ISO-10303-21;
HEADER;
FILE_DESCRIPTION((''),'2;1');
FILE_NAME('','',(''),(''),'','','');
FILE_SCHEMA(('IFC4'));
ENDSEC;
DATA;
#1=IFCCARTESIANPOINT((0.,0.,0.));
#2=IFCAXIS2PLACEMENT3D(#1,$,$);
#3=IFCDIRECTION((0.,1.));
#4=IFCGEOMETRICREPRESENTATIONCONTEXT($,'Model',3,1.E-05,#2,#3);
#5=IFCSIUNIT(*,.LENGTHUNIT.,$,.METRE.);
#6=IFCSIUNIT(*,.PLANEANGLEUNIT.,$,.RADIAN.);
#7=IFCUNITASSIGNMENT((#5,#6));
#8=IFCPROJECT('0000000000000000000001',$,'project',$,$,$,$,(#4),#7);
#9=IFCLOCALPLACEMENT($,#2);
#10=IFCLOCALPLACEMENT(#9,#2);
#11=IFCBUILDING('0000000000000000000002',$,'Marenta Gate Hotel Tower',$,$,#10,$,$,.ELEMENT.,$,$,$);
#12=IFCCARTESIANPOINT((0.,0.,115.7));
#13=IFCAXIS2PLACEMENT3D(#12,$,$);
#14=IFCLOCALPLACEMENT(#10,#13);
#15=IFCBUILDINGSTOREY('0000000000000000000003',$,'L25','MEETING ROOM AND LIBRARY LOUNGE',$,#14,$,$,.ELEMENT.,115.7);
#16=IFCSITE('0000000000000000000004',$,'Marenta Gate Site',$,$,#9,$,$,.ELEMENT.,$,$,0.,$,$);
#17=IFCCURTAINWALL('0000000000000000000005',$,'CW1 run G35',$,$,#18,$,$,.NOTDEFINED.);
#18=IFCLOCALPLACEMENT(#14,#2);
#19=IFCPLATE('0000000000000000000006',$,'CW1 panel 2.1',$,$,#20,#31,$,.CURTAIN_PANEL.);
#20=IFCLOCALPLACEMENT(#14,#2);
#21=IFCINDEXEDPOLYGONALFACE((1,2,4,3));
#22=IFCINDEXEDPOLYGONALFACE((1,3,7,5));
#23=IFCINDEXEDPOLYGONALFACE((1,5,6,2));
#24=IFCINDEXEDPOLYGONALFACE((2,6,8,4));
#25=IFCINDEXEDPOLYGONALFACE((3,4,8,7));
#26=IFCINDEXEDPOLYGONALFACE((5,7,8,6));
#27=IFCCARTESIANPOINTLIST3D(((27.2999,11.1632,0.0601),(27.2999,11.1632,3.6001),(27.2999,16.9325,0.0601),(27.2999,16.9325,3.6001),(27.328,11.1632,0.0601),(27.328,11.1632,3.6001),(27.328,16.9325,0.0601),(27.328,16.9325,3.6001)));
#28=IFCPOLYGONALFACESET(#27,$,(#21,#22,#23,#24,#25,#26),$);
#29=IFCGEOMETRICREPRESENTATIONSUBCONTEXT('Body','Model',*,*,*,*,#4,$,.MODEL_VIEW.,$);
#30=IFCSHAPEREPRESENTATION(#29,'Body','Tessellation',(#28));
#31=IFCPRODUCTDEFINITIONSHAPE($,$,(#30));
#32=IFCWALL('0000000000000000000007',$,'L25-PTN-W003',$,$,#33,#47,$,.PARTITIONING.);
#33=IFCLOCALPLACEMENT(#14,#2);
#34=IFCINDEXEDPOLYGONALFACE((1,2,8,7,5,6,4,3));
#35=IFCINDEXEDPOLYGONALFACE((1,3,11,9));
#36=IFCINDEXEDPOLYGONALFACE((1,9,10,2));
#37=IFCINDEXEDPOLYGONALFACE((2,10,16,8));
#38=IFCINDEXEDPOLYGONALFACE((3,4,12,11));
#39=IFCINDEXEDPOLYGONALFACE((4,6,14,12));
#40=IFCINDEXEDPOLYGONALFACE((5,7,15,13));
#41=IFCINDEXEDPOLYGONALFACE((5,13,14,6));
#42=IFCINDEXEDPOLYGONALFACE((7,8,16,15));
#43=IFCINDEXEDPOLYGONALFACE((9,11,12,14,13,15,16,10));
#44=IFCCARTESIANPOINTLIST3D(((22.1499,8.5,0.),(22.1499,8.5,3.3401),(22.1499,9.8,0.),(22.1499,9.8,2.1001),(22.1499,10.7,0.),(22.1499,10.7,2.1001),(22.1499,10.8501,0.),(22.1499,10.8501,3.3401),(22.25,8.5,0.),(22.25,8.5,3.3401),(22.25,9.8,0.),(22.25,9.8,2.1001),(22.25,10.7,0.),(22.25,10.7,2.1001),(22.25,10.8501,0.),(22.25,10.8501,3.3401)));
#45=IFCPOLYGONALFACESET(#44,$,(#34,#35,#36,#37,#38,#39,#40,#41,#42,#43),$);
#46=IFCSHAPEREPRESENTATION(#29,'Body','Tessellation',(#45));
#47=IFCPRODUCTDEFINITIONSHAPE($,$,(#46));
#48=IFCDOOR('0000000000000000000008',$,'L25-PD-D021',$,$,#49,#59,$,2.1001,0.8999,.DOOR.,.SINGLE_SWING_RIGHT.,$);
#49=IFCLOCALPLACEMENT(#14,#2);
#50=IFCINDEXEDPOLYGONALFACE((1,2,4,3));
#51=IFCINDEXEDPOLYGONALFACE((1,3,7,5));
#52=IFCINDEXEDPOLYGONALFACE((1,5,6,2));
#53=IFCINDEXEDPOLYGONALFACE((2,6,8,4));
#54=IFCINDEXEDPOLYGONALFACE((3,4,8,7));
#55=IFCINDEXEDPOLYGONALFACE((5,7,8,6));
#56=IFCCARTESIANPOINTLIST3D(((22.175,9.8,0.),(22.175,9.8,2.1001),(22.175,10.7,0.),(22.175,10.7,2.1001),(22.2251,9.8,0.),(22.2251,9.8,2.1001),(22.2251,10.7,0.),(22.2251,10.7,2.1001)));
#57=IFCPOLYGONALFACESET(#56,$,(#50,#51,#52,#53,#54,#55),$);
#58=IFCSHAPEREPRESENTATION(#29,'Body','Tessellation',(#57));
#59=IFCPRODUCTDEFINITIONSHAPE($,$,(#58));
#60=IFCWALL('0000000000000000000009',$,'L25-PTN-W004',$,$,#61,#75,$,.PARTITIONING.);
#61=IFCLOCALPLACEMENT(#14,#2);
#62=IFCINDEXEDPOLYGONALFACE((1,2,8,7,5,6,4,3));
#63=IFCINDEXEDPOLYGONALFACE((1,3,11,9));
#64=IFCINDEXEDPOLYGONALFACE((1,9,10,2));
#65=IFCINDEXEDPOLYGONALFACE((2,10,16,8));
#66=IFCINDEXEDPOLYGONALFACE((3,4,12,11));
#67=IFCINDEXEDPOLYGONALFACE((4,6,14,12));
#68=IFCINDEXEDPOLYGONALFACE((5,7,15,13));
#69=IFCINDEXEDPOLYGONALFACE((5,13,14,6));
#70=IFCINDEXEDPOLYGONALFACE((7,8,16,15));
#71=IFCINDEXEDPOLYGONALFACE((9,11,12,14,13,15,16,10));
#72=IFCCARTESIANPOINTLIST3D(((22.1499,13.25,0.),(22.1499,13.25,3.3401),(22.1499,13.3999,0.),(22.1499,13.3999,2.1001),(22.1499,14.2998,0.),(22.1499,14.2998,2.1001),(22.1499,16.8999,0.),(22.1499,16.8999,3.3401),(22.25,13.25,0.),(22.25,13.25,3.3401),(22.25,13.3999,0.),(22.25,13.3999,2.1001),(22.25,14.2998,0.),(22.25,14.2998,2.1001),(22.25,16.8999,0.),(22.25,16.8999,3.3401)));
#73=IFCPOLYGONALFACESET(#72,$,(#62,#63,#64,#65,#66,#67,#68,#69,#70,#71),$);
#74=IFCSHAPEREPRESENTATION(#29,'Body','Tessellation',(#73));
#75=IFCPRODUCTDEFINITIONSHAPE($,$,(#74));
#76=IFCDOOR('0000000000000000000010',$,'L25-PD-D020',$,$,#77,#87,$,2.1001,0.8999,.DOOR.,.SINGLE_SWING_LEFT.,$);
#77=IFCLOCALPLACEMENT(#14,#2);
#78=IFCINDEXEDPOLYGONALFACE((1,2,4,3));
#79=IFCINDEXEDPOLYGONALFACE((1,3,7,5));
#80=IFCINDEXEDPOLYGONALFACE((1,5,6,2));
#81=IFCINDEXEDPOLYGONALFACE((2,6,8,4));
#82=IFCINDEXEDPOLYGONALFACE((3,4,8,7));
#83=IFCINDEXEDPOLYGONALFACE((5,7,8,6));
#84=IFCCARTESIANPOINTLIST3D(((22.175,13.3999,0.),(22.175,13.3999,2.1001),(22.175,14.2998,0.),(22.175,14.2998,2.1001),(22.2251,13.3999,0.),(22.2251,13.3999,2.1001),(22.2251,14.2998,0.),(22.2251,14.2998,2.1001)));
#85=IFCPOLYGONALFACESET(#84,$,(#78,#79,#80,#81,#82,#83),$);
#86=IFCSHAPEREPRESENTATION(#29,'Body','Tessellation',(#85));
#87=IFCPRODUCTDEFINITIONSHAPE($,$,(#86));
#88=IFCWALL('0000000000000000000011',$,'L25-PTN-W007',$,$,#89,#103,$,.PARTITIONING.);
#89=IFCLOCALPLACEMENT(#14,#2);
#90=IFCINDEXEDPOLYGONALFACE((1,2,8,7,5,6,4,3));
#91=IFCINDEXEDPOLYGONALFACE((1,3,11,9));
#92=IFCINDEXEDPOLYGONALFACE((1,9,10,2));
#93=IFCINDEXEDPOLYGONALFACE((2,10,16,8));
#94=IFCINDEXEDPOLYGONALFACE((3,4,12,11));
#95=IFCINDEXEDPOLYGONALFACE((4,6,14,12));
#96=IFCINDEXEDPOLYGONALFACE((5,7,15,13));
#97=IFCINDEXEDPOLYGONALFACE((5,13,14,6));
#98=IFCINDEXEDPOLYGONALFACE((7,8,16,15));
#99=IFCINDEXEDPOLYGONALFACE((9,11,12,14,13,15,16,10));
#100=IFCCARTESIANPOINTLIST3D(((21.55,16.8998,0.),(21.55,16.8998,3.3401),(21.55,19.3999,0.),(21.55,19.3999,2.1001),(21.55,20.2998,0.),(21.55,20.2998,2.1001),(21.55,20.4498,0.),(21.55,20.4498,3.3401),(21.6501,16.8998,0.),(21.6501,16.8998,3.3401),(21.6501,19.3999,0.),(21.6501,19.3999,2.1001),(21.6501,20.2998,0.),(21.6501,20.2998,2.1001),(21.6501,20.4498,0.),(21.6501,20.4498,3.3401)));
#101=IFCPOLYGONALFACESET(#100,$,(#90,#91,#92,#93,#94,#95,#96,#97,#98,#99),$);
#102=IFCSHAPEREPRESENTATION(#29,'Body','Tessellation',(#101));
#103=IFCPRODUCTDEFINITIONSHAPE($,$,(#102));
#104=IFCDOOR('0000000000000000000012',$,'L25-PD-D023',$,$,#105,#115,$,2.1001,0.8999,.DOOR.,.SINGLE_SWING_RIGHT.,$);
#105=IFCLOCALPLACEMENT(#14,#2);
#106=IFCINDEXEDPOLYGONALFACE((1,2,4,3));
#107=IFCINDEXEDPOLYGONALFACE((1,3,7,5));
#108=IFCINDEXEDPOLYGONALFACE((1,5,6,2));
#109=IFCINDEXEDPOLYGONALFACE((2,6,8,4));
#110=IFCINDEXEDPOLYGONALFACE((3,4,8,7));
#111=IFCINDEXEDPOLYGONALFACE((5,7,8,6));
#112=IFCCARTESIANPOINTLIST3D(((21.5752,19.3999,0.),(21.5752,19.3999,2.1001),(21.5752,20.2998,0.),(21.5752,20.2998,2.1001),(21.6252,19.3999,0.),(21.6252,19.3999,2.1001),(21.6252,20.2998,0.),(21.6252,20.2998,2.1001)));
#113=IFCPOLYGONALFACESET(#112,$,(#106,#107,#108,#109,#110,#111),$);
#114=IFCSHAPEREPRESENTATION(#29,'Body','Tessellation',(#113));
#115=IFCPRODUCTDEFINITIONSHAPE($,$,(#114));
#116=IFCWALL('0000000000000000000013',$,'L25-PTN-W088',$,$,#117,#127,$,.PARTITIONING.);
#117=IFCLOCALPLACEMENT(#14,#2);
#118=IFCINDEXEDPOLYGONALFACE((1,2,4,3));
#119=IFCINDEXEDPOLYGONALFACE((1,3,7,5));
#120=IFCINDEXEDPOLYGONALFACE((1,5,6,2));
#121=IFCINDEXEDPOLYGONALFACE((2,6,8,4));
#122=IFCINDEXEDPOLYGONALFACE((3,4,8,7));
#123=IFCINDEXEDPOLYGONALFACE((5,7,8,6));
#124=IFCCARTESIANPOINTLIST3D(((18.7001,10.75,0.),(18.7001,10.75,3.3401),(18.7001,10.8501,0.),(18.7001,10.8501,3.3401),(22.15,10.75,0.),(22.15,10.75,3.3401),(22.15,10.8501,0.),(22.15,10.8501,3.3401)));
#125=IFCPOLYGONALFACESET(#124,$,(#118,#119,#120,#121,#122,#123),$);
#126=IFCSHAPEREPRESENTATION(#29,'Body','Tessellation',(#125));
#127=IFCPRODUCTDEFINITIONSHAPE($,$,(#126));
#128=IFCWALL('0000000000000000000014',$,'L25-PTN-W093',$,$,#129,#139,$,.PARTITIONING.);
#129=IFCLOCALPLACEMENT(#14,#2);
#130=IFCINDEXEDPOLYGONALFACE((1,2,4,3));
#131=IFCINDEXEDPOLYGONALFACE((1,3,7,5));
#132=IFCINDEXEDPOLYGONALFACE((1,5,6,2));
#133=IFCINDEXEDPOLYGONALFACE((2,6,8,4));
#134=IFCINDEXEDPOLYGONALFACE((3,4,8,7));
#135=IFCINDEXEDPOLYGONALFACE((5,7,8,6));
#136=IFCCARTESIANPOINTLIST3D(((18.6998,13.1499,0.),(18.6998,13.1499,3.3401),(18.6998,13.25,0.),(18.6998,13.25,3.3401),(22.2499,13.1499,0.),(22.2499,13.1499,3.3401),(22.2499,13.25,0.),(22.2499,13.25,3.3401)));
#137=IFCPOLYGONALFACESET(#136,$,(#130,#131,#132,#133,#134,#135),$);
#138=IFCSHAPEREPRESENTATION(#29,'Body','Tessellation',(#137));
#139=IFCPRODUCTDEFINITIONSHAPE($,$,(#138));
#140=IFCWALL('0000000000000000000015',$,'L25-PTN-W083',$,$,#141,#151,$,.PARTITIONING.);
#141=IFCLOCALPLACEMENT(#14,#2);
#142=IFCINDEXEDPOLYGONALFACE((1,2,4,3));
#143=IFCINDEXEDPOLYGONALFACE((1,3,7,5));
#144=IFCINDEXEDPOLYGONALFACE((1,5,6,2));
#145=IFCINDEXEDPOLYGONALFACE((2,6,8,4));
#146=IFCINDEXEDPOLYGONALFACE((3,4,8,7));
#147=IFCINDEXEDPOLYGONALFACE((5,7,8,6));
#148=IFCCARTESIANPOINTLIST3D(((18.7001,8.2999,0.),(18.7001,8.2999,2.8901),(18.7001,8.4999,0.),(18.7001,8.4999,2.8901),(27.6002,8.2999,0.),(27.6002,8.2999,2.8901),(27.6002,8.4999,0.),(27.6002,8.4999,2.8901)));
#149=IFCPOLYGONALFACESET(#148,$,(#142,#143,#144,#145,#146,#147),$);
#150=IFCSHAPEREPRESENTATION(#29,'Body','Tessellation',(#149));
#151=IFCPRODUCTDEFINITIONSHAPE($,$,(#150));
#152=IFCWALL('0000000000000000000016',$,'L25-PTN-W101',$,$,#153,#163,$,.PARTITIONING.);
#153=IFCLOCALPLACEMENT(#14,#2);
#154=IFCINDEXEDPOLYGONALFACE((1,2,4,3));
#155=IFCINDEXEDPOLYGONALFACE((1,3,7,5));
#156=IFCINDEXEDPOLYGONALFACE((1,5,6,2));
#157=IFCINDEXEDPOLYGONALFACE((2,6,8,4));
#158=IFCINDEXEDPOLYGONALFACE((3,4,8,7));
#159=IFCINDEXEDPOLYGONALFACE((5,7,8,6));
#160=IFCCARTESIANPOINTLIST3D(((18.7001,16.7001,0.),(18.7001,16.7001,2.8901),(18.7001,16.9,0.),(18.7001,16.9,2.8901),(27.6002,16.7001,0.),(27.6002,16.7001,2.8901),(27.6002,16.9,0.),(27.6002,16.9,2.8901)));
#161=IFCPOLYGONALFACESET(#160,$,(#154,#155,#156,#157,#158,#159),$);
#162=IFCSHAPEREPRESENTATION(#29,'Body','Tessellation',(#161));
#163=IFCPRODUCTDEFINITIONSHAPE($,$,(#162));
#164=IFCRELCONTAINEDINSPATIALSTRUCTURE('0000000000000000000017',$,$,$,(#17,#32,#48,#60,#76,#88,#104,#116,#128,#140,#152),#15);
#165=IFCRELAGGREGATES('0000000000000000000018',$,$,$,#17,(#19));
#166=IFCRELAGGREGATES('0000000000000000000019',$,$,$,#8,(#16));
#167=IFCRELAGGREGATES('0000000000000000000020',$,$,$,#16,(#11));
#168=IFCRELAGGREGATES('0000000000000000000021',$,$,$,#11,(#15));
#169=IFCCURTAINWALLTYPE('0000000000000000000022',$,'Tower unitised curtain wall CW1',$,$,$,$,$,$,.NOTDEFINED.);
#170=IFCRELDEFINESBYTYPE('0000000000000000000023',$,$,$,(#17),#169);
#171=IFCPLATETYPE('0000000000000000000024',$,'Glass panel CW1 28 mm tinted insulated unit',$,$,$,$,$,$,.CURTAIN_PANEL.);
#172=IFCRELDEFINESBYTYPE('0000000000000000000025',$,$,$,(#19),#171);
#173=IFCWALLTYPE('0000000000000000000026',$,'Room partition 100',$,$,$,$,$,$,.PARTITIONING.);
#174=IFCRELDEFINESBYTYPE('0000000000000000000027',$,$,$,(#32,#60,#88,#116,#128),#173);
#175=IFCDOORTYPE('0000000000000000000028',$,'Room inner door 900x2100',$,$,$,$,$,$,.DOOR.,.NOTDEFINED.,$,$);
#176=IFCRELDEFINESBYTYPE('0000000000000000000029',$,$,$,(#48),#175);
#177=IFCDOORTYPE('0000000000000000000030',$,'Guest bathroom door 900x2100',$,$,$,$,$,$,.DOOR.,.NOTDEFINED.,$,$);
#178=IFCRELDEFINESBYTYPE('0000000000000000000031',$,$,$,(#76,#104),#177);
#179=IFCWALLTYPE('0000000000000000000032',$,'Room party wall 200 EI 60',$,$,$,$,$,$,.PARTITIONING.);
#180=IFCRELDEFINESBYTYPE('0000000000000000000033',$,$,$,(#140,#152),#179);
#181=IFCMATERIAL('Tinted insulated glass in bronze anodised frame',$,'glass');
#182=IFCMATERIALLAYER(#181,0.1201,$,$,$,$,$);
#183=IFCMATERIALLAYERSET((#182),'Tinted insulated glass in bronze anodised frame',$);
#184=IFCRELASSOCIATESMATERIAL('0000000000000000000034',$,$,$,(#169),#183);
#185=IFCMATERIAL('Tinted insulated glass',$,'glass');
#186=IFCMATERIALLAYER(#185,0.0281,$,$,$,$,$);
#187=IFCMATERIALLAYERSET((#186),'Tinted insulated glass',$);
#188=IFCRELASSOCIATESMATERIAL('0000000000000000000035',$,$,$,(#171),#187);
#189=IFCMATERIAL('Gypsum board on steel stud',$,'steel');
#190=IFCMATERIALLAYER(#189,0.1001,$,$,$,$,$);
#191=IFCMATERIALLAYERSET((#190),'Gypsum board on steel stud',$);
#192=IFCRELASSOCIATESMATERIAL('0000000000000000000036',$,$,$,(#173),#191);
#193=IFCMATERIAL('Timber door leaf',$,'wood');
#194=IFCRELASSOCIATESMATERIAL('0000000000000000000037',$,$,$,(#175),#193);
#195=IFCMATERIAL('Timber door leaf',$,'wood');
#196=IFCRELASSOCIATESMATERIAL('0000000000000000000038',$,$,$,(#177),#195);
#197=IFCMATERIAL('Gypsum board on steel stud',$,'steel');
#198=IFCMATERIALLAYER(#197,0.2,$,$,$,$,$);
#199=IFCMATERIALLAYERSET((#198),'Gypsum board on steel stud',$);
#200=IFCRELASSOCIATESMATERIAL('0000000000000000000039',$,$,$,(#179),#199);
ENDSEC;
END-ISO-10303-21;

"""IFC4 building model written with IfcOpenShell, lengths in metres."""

from ifc_helpers import new_model, si_unit, direction, frame, frame_2d, origin, origin_2d, place, context, subcontext, project, spatial, rectangle, extrude, material, layer, layer_set, type_object, element, fill, aggregate, save


model = new_model("IFC4")

# Units and contexts
model_context = context("Model", 3, precision=1e-05, world=origin(), true_north=direction((0.0, 1.0)))
body_context = subcontext(model_context, "Body", "Model", "MODEL_VIEW")
ifc_project = project(units=[si_unit("LENGTHUNIT", "METRE"), si_unit("PLANEANGLEUNIT", "RADIAN")], contexts=[model_context])

# Site, building, storey
site_placement = place(None, origin())
site = spatial("IfcSite", under=ifc_project, at=site_placement, Name="Marenta Gate Site", CompositionType="ELEMENT", RefElevation=0.0)
building_placement = place(site_placement, origin())
building = spatial("IfcBuilding", under=site, at=building_placement, Name="Marenta Gate Hotel Tower", CompositionType="ELEMENT")
storey_placement = place(building_placement, frame((0.0, 0.0, 115.7)))
storey = spatial("IfcBuildingStorey", under=building, at=storey_placement, Name="L25", Description="MEETING ROOM AND LIBRARY LOUNGE", CompositionType="ELEMENT", Elevation=115.7)

# Curtain wall, plate
ifc_material_1 = material(Name="Tinted insulated glass in bronze anodised frame", Category="glass")
ifc_layer_1 = layer(ifc_material_1, 0.1201)
ifc_layer_set_1 = layer_set([ifc_layer_1], Name="Tinted insulated glass in bronze anodised frame")
curtain_wall_type = type_object("IfcCurtainWallType", Name="Tower unitised curtain wall CW1", PredefinedType="NOTDEFINED", material=ifc_layer_set_1)
curtain_wall_placement = place(storey_placement, origin())
curtain_wall = element("IfcCurtainWall", 1, at=curtain_wall_placement, inside=storey, type_object=curtain_wall_type, Name="CW1 run G35", PredefinedType="NOTDEFINED")
ifc_material_2 = material(Name="Tinted insulated glass", Category="glass")
ifc_layer_2 = layer(ifc_material_2, 0.0281)
ifc_layer_set_2 = layer_set([ifc_layer_2], Name="Tinted insulated glass")
plate_type = type_object("IfcPlateType", Name="Glass panel CW1 28 mm tinted insulated unit", PredefinedType="CURTAIN_PANEL", material=ifc_layer_set_2)
plate_placement = place(storey_placement, frame((27.314, 14.0479, 0.0601), z_axis=(0.0, 0.0, 1.0), x_axis=(0.0, 1.0, 0.0)))
plate = element("IfcPlate", 2, at=plate_placement, type_object=plate_type, Name="CW1 panel 2.1", PredefinedType="CURTAIN_PANEL", context=body_context, shape_type="SweptSolid", body=[
    extrude(rectangle(XDim=5.7693, YDim=0.0281, at=origin_2d()), origin(), (0.0, 0.0, 1.0), 3.54),
])
aggregate(curtain_wall, [plate])

# Walls, openings, doors
ifc_material_3 = material(Name="Gypsum board on steel stud", Category="steel")
ifc_layer_3 = layer(ifc_material_3, 0.1001)
ifc_layer_set_3 = layer_set([ifc_layer_3], Name="Gypsum board on steel stud")
wall_type_1 = type_object("IfcWallType", Name="Room partition 100", PredefinedType="PARTITIONING", material=ifc_layer_set_3)
wall_1_placement = place(storey_placement, frame((22.2, 8.5, 0.0), z_axis=(0.0, 0.0, 1.0), x_axis=(0.0, 1.0, 0.0)))
wall_1 = element("IfcWall", 3, at=wall_1_placement, inside=storey, type_object=wall_type_1, Name="L25-PTN-W003", PredefinedType="PARTITIONING", context=body_context, shape_type="SweptSolid", body=[
    extrude(rectangle(XDim=2.3501, YDim=0.1001, at=frame_2d((1.175, 0.0))), origin(), (0.0, 0.0, 1.0), 3.3401),
])
opening_1_placement = place(wall_1_placement, frame((1.3, 0.0, 0.0)))
opening_1 = element("IfcOpeningElement", 4, at=opening_1_placement, cuts=wall_1, PredefinedType="OPENING", context=body_context, shape_type="SweptSolid", body=[
    extrude(rectangle(XDim=0.8999, YDim=2.1001, at=frame_2d((0.45, 1.05))), frame((0.0, 0.05, 0.0), z_axis=(0.0, -1.0, 0.0), x_axis=(1.0, 0.0, 0.0)), (0.0, 0.0, 1.0), 0.1001),
])
ifc_material_4 = material(Name="Timber door leaf", Category="wood")
door_type_1 = type_object("IfcDoorType", Name="Room inner door 900x2100", OperationType="NOTDEFINED", PredefinedType="DOOR", material=ifc_material_4)
door_1_placement = place(opening_1_placement, origin())
door_1 = element("IfcDoor", 5, at=door_1_placement, inside=storey, type_object=door_type_1, Name="L25-PD-D021", OperationType="SINGLE_SWING_RIGHT", OverallHeight=2.1001, OverallWidth=0.8999, PredefinedType="DOOR", context=body_context, shape_type="SweptSolid", body=[
    extrude(rectangle(XDim=0.8999, YDim=2.1001, at=frame_2d((0.45, 1.05))), frame((0.0, 0.0249, 0.0), z_axis=(0.0, -1.0, 0.0), x_axis=(1.0, 0.0, 0.0)), (0.0, 0.0, 1.0), 0.05),
])
fill(opening_1, door_1)
wall_2_placement = place(storey_placement, frame((22.2, 13.25, 0.0), z_axis=(0.0, 0.0, 1.0), x_axis=(0.0, 1.0, 0.0)))
wall_2 = element("IfcWall", 6, at=wall_2_placement, inside=storey, type_object=wall_type_1, Name="L25-PTN-W004", PredefinedType="PARTITIONING", context=body_context, shape_type="SweptSolid", body=[
    extrude(rectangle(XDim=3.6499, YDim=0.1001, at=frame_2d((1.825, 0.0))), origin(), (0.0, 0.0, 1.0), 3.3401),
])
opening_2_placement = place(wall_2_placement, frame((0.1499, 0.0, 0.0)))
opening_2 = element("IfcOpeningElement", 7, at=opening_2_placement, cuts=wall_2, PredefinedType="OPENING", context=body_context, shape_type="SweptSolid", body=[
    extrude(rectangle(XDim=0.8999, YDim=2.1001, at=frame_2d((0.45, 1.05))), frame((0.0, 0.05, 0.0), z_axis=(0.0, -1.0, 0.0), x_axis=(1.0, 0.0, 0.0)), (0.0, 0.0, 1.0), 0.1001),
])
ifc_material_5 = material(Name="Timber door leaf", Category="wood")
door_type_2 = type_object("IfcDoorType", Name="Guest bathroom door 900x2100", OperationType="NOTDEFINED", PredefinedType="DOOR", material=ifc_material_5)
door_2_placement = place(opening_2_placement, origin())
door_2 = element("IfcDoor", 8, at=door_2_placement, inside=storey, type_object=door_type_2, Name="L25-PD-D020", OperationType="SINGLE_SWING_LEFT", OverallHeight=2.1001, OverallWidth=0.8999, PredefinedType="DOOR", context=body_context, shape_type="SweptSolid", body=[
    extrude(rectangle(XDim=0.8999, YDim=2.1001, at=frame_2d((0.45, 1.05))), frame((0.0, 0.0249, 0.0), z_axis=(0.0, -1.0, 0.0), x_axis=(1.0, 0.0, 0.0)), (0.0, 0.0, 1.0), 0.05),
])
fill(opening_2, door_2)
wall_3_placement = place(storey_placement, frame((21.6001, 16.8999, 0.0), z_axis=(0.0, 0.0, 1.0), x_axis=(0.0, 1.0, 0.0)))
wall_3 = element("IfcWall", 9, at=wall_3_placement, inside=storey, type_object=wall_type_1, Name="L25-PTN-W007", PredefinedType="PARTITIONING", context=body_context, shape_type="SweptSolid", body=[
    extrude(rectangle(XDim=3.55, YDim=0.1001, at=frame_2d((1.7749, 0.0))), origin(), (0.0, 0.0, 1.0), 3.3401),
])
opening_3_placement = place(wall_3_placement, frame((2.5, 0.0, 0.0)))
opening_3 = element("IfcOpeningElement", 10, at=opening_3_placement, cuts=wall_3, PredefinedType="OPENING", context=body_context, shape_type="SweptSolid", body=[
    extrude(rectangle(XDim=0.8999, YDim=2.1001, at=frame_2d((0.45, 1.05))), frame((0.0, 0.05, 0.0), z_axis=(0.0, -1.0, 0.0), x_axis=(1.0, 0.0, 0.0)), (0.0, 0.0, 1.0), 0.1001),
])
door_3_placement = place(opening_3_placement, origin())
door_3 = element("IfcDoor", 11, at=door_3_placement, inside=storey, type_object=door_type_2, Name="L25-PD-D023", OperationType="SINGLE_SWING_RIGHT", OverallHeight=2.1001, OverallWidth=0.8999, PredefinedType="DOOR", context=body_context, shape_type="SweptSolid", body=[
    extrude(rectangle(XDim=0.8999, YDim=2.1001, at=frame_2d((0.45, 1.05))), frame((0.0, 0.0249, 0.0), z_axis=(0.0, -1.0, 0.0), x_axis=(1.0, 0.0, 0.0)), (0.0, 0.0, 1.0), 0.05),
])
fill(opening_3, door_3)

# Walls
wall_4_placement = place(storey_placement, frame((18.7, 10.8, 0.0), z_axis=(0.0, 0.0, 1.0), x_axis=(1.0, 0.0, 0.0)))
element("IfcWall", 12, at=wall_4_placement, inside=storey, type_object=wall_type_1, Name="L25-PTN-W088", PredefinedType="PARTITIONING", context=body_context, shape_type="SweptSolid", body=[
    extrude(rectangle(XDim=3.45, YDim=0.1001, at=frame_2d((1.7251, 0.0))), origin(), (0.0, 0.0, 1.0), 3.3401),
])
wall_5_placement = place(storey_placement, frame((18.7, 13.2, 0.0), z_axis=(0.0, 0.0, 1.0), x_axis=(1.0, 0.0, 0.0)))
element("IfcWall", 13, at=wall_5_placement, inside=storey, type_object=wall_type_1, Name="L25-PTN-W093", PredefinedType="PARTITIONING", context=body_context, shape_type="SweptSolid", body=[
    extrude(rectangle(XDim=3.55, YDim=0.1001, at=frame_2d((1.7749, 0.0))), origin(), (0.0, 0.0, 1.0), 3.3401),
])
ifc_material_6 = material(Name="Gypsum board on steel stud", Category="steel")
ifc_layer_4 = layer(ifc_material_6, 0.2)
ifc_layer_set_4 = layer_set([ifc_layer_4], Name="Gypsum board on steel stud")
wall_type_2 = type_object("IfcWallType", Name="Room party wall 200 EI 60", PredefinedType="PARTITIONING", material=ifc_layer_set_4)
for number, where, z_axis, x_axis, name in (
    (14, (18.7, 8.3999, 0.0), (0.0, 0.0, 1.0), (1.0, 0.0, 0.0), "L25-PTN-W083"),
    (15, (18.7, 16.8, 0.0), (0.0, 0.0, 1.0), (1.0, 0.0, 0.0), "L25-PTN-W101"),
):
    element("IfcWall", number, at=place(storey_placement, frame(where, z_axis=z_axis, x_axis=x_axis)), inside=storey, type_object=wall_type_2, Name=name, PredefinedType="PARTITIONING", context=body_context, shape_type="SweptSolid", body=[
        extrude(rectangle(XDim=8.9001, YDim=0.2, at=frame_2d((4.4502, 0.0))), origin(), (0.0, 0.0, 1.0), 2.8901),
    ])

save(model, "model.ifc")
